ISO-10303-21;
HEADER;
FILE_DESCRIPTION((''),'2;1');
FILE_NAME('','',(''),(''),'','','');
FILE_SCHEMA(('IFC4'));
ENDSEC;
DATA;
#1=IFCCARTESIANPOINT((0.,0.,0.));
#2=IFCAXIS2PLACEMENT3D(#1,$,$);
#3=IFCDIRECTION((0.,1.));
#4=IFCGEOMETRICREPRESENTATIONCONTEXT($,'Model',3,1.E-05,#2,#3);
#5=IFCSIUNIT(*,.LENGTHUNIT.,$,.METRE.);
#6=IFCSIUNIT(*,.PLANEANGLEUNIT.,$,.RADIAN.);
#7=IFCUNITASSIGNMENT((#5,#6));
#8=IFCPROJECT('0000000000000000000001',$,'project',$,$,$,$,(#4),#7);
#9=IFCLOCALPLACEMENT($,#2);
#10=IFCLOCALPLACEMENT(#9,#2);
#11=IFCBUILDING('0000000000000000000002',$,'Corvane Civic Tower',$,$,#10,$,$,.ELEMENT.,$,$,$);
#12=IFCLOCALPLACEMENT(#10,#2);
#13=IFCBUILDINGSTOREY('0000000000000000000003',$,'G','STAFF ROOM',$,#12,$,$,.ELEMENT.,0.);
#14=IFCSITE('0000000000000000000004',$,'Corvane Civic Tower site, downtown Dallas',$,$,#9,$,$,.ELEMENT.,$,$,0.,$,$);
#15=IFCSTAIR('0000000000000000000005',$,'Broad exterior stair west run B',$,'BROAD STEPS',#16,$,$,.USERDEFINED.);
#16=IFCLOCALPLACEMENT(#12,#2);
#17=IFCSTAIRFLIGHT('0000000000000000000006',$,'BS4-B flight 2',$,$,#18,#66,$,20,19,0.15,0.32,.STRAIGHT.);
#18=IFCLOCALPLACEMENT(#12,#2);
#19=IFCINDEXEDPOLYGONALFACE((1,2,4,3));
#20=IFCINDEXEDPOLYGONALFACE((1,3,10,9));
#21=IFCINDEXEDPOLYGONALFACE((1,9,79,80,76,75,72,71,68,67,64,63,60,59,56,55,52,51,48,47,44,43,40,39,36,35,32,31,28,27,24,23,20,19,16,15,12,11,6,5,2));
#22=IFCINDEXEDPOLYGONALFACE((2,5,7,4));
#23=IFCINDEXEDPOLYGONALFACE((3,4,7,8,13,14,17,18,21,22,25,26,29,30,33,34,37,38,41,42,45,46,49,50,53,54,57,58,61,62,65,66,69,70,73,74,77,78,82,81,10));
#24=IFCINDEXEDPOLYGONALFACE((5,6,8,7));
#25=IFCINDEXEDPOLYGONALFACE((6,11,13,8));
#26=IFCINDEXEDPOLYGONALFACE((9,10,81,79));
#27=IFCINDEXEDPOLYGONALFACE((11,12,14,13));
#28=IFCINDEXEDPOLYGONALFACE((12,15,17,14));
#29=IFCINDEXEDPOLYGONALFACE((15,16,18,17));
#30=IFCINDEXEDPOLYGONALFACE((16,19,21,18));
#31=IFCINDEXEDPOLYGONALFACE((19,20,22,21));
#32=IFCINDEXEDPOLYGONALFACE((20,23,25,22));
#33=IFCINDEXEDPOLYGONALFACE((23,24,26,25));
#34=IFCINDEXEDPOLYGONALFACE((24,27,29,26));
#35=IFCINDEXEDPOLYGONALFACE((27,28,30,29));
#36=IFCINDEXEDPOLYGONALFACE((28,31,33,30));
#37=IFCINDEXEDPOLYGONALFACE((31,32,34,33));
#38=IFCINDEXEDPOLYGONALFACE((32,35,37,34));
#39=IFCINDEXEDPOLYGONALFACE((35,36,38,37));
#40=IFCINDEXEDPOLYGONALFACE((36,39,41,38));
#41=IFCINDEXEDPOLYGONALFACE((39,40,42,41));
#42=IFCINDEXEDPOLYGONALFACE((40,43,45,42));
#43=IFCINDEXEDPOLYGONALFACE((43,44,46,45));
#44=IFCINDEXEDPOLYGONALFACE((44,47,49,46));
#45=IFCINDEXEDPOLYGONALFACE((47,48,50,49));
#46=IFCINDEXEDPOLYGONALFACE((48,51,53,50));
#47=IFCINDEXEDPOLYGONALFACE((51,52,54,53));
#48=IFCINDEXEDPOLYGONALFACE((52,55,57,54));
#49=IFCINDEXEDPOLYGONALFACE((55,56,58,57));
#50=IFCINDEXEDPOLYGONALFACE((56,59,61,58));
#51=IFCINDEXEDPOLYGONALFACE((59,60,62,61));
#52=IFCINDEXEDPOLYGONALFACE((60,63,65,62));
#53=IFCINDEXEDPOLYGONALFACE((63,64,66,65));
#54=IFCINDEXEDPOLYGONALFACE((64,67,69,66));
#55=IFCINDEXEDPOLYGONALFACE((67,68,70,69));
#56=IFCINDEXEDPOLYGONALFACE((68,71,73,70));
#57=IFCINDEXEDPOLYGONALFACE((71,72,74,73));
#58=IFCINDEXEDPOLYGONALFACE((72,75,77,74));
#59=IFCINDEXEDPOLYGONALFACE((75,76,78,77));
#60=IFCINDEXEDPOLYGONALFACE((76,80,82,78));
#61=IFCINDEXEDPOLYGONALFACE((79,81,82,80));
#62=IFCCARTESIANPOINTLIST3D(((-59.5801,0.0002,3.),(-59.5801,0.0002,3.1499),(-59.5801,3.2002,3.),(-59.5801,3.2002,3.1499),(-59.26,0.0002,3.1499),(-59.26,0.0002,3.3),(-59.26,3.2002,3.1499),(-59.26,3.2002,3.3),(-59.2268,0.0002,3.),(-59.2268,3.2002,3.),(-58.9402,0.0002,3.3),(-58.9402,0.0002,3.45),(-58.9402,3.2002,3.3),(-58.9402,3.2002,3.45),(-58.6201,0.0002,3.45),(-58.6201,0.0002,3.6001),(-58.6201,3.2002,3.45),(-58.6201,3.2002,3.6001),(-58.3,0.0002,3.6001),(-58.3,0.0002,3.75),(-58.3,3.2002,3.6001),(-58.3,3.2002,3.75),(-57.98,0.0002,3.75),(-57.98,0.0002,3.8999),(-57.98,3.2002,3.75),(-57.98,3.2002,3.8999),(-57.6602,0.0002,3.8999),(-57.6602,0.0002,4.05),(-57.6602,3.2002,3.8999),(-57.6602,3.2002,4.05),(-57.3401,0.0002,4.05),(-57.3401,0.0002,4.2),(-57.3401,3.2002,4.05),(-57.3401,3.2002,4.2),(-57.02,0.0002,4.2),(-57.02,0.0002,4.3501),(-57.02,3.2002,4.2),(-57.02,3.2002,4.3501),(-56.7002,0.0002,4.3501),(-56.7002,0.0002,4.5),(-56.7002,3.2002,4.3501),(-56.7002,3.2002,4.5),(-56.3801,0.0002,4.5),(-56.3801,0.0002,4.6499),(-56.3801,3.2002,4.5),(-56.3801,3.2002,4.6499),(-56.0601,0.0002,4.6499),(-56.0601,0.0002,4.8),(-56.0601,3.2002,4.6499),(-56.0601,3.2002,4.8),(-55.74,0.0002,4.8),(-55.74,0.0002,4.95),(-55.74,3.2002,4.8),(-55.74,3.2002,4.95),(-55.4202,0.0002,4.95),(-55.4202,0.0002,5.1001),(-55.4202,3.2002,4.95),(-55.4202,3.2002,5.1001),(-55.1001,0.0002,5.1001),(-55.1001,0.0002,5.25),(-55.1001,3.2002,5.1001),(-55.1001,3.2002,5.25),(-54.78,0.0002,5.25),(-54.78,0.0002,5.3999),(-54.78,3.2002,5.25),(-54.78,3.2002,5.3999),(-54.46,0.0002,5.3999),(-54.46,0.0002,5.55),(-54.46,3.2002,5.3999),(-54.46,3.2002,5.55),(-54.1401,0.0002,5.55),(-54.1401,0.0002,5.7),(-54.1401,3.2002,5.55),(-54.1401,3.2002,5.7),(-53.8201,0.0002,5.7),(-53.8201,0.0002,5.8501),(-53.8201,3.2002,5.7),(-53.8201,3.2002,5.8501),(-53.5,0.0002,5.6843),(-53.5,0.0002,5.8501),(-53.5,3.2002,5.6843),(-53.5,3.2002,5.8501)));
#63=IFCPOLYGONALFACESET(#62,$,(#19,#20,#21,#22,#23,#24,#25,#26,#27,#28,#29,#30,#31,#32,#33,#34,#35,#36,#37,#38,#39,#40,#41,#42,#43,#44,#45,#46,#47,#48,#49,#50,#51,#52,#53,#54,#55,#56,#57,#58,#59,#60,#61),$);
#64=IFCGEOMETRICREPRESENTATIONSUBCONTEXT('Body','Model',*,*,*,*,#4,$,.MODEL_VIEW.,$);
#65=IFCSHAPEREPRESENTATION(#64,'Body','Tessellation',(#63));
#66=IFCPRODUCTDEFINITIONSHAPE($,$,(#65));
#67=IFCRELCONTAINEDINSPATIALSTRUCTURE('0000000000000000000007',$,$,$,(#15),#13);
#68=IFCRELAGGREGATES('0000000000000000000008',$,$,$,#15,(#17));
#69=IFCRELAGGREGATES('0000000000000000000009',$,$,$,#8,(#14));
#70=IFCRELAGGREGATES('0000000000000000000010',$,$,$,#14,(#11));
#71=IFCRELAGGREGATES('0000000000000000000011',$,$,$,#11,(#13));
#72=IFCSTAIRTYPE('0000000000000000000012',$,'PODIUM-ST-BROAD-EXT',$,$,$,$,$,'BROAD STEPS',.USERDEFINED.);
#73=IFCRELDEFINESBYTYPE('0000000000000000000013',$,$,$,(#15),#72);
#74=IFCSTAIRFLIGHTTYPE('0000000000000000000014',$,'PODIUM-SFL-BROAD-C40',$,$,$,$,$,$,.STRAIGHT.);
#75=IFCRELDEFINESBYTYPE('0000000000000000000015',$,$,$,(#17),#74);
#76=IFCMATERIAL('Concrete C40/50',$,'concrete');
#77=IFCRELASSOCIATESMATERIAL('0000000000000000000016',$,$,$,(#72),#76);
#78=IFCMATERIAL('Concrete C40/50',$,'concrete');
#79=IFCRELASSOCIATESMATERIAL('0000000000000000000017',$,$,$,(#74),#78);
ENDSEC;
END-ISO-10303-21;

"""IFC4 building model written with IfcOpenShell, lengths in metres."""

from ifc_helpers import new_model, si_unit, direction, frame, origin, place, context, subcontext, project, spatial, polyline, outline, extrude, material, type_object, element, aggregate, save


model = new_model("IFC4")

# Units and contexts
model_context = context("Model", 3, precision=1e-05, world=origin(), true_north=direction((0.0, 1.0)))
body_context = subcontext(model_context, "Body", "Model", "MODEL_VIEW")
ifc_project = project(units=[si_unit("LENGTHUNIT", "METRE"), si_unit("PLANEANGLEUNIT", "RADIAN")], contexts=[model_context])

# Site, building, storey
site_placement = place(None, origin())
site = spatial("IfcSite", under=ifc_project, at=site_placement, Name="Corvane Civic Tower site, downtown Dallas", CompositionType="ELEMENT", RefElevation=0.0)
building_placement = place(site_placement, origin())
building = spatial("IfcBuilding", under=site, at=building_placement, Name="Corvane Civic Tower", CompositionType="ELEMENT")
storey_placement = place(building_placement, origin())
storey = spatial("IfcBuildingStorey", under=building, at=storey_placement, Name="G", Description="STAFF ROOM", CompositionType="ELEMENT", Elevation=0.0)

# Stair, stair flight
ifc_material_1 = material(Name="Concrete C40/50", Category="concrete")
stair_type = type_object("IfcStairType", Name="PODIUM-ST-BROAD-EXT", ElementType="BROAD STEPS", PredefinedType="USERDEFINED", material=ifc_material_1)
ifc_material_2 = material(Name="Concrete C40/50", Category="concrete")
stair_flight_type = type_object("IfcStairFlightType", Name="PODIUM-SFL-BROAD-C40", PredefinedType="STRAIGHT", material=ifc_material_2)
stair_1_placement = place(storey_placement, origin())
stair_1 = element("IfcStair", 1, at=stair_1_placement, inside=storey, type_object=stair_type, Name="Broad exterior stair west run B", ObjectType="BROAD STEPS", PredefinedType="USERDEFINED")
stair_flight_1_placement = place(storey_placement, frame((-59.5801, 1.6001, 3.0), z_axis=(0.0, 0.0, 1.0), x_axis=(1.0, 0.0, 0.0)))
stair_flight_1 = element("IfcStairFlight", 2, at=stair_flight_1_placement, type_object=stair_flight_type, Name="BS4-B flight 2", NumberOfRisers=20, NumberOfTreads=19, PredefinedType="STRAIGHT", RiserHeight=0.15, TreadLength=0.32, context=body_context, shape_type="SweptSolid", body=[
    extrude(outline(polyline([(0.0, 0.0), (0.0, 0.1499), (0.3201, 0.1499), (0.3201, 0.3), (0.6399, 0.3), (0.6399, 0.45), (0.96, 0.45), (0.96, 0.6001), (1.28, 0.6001), (1.28, 0.75), (1.6001, 0.75), (1.6001, 0.8999), (1.9199, 0.8999), (1.9199, 1.05), (2.24, 1.05), (2.24, 1.2), (2.5601, 1.2), (2.5601, 1.3501), (2.8799, 1.3501), (2.8799, 1.5), (3.2, 1.5), (3.2, 1.6499), (3.52, 1.6499), (3.52, 1.8), (3.8401, 1.8), (3.8401, 1.95), (4.1599, 1.95), (4.1599, 2.1001), (4.48, 2.1001), (4.48, 2.25), (4.8, 2.25), (4.8, 2.3999), (5.1201, 2.3999), (5.1201, 2.55), (5.4399, 2.55), (5.4399, 2.7), (5.76, 2.7), (5.76, 2.8501), (6.0801, 2.8501), (6.0801, 3.0), (6.0801, 2.6843), (0.3533, 0.0), (0.0, 0.0)])), frame((0.0, 1.6001, 0.0), z_axis=(0.0, -1.0, 0.0), x_axis=(1.0, 0.0, 0.0)), (0.0, 0.0, 1.0), 3.2),
])
aggregate(stair_1, [stair_flight_1])

save(model, "model.ifc")
